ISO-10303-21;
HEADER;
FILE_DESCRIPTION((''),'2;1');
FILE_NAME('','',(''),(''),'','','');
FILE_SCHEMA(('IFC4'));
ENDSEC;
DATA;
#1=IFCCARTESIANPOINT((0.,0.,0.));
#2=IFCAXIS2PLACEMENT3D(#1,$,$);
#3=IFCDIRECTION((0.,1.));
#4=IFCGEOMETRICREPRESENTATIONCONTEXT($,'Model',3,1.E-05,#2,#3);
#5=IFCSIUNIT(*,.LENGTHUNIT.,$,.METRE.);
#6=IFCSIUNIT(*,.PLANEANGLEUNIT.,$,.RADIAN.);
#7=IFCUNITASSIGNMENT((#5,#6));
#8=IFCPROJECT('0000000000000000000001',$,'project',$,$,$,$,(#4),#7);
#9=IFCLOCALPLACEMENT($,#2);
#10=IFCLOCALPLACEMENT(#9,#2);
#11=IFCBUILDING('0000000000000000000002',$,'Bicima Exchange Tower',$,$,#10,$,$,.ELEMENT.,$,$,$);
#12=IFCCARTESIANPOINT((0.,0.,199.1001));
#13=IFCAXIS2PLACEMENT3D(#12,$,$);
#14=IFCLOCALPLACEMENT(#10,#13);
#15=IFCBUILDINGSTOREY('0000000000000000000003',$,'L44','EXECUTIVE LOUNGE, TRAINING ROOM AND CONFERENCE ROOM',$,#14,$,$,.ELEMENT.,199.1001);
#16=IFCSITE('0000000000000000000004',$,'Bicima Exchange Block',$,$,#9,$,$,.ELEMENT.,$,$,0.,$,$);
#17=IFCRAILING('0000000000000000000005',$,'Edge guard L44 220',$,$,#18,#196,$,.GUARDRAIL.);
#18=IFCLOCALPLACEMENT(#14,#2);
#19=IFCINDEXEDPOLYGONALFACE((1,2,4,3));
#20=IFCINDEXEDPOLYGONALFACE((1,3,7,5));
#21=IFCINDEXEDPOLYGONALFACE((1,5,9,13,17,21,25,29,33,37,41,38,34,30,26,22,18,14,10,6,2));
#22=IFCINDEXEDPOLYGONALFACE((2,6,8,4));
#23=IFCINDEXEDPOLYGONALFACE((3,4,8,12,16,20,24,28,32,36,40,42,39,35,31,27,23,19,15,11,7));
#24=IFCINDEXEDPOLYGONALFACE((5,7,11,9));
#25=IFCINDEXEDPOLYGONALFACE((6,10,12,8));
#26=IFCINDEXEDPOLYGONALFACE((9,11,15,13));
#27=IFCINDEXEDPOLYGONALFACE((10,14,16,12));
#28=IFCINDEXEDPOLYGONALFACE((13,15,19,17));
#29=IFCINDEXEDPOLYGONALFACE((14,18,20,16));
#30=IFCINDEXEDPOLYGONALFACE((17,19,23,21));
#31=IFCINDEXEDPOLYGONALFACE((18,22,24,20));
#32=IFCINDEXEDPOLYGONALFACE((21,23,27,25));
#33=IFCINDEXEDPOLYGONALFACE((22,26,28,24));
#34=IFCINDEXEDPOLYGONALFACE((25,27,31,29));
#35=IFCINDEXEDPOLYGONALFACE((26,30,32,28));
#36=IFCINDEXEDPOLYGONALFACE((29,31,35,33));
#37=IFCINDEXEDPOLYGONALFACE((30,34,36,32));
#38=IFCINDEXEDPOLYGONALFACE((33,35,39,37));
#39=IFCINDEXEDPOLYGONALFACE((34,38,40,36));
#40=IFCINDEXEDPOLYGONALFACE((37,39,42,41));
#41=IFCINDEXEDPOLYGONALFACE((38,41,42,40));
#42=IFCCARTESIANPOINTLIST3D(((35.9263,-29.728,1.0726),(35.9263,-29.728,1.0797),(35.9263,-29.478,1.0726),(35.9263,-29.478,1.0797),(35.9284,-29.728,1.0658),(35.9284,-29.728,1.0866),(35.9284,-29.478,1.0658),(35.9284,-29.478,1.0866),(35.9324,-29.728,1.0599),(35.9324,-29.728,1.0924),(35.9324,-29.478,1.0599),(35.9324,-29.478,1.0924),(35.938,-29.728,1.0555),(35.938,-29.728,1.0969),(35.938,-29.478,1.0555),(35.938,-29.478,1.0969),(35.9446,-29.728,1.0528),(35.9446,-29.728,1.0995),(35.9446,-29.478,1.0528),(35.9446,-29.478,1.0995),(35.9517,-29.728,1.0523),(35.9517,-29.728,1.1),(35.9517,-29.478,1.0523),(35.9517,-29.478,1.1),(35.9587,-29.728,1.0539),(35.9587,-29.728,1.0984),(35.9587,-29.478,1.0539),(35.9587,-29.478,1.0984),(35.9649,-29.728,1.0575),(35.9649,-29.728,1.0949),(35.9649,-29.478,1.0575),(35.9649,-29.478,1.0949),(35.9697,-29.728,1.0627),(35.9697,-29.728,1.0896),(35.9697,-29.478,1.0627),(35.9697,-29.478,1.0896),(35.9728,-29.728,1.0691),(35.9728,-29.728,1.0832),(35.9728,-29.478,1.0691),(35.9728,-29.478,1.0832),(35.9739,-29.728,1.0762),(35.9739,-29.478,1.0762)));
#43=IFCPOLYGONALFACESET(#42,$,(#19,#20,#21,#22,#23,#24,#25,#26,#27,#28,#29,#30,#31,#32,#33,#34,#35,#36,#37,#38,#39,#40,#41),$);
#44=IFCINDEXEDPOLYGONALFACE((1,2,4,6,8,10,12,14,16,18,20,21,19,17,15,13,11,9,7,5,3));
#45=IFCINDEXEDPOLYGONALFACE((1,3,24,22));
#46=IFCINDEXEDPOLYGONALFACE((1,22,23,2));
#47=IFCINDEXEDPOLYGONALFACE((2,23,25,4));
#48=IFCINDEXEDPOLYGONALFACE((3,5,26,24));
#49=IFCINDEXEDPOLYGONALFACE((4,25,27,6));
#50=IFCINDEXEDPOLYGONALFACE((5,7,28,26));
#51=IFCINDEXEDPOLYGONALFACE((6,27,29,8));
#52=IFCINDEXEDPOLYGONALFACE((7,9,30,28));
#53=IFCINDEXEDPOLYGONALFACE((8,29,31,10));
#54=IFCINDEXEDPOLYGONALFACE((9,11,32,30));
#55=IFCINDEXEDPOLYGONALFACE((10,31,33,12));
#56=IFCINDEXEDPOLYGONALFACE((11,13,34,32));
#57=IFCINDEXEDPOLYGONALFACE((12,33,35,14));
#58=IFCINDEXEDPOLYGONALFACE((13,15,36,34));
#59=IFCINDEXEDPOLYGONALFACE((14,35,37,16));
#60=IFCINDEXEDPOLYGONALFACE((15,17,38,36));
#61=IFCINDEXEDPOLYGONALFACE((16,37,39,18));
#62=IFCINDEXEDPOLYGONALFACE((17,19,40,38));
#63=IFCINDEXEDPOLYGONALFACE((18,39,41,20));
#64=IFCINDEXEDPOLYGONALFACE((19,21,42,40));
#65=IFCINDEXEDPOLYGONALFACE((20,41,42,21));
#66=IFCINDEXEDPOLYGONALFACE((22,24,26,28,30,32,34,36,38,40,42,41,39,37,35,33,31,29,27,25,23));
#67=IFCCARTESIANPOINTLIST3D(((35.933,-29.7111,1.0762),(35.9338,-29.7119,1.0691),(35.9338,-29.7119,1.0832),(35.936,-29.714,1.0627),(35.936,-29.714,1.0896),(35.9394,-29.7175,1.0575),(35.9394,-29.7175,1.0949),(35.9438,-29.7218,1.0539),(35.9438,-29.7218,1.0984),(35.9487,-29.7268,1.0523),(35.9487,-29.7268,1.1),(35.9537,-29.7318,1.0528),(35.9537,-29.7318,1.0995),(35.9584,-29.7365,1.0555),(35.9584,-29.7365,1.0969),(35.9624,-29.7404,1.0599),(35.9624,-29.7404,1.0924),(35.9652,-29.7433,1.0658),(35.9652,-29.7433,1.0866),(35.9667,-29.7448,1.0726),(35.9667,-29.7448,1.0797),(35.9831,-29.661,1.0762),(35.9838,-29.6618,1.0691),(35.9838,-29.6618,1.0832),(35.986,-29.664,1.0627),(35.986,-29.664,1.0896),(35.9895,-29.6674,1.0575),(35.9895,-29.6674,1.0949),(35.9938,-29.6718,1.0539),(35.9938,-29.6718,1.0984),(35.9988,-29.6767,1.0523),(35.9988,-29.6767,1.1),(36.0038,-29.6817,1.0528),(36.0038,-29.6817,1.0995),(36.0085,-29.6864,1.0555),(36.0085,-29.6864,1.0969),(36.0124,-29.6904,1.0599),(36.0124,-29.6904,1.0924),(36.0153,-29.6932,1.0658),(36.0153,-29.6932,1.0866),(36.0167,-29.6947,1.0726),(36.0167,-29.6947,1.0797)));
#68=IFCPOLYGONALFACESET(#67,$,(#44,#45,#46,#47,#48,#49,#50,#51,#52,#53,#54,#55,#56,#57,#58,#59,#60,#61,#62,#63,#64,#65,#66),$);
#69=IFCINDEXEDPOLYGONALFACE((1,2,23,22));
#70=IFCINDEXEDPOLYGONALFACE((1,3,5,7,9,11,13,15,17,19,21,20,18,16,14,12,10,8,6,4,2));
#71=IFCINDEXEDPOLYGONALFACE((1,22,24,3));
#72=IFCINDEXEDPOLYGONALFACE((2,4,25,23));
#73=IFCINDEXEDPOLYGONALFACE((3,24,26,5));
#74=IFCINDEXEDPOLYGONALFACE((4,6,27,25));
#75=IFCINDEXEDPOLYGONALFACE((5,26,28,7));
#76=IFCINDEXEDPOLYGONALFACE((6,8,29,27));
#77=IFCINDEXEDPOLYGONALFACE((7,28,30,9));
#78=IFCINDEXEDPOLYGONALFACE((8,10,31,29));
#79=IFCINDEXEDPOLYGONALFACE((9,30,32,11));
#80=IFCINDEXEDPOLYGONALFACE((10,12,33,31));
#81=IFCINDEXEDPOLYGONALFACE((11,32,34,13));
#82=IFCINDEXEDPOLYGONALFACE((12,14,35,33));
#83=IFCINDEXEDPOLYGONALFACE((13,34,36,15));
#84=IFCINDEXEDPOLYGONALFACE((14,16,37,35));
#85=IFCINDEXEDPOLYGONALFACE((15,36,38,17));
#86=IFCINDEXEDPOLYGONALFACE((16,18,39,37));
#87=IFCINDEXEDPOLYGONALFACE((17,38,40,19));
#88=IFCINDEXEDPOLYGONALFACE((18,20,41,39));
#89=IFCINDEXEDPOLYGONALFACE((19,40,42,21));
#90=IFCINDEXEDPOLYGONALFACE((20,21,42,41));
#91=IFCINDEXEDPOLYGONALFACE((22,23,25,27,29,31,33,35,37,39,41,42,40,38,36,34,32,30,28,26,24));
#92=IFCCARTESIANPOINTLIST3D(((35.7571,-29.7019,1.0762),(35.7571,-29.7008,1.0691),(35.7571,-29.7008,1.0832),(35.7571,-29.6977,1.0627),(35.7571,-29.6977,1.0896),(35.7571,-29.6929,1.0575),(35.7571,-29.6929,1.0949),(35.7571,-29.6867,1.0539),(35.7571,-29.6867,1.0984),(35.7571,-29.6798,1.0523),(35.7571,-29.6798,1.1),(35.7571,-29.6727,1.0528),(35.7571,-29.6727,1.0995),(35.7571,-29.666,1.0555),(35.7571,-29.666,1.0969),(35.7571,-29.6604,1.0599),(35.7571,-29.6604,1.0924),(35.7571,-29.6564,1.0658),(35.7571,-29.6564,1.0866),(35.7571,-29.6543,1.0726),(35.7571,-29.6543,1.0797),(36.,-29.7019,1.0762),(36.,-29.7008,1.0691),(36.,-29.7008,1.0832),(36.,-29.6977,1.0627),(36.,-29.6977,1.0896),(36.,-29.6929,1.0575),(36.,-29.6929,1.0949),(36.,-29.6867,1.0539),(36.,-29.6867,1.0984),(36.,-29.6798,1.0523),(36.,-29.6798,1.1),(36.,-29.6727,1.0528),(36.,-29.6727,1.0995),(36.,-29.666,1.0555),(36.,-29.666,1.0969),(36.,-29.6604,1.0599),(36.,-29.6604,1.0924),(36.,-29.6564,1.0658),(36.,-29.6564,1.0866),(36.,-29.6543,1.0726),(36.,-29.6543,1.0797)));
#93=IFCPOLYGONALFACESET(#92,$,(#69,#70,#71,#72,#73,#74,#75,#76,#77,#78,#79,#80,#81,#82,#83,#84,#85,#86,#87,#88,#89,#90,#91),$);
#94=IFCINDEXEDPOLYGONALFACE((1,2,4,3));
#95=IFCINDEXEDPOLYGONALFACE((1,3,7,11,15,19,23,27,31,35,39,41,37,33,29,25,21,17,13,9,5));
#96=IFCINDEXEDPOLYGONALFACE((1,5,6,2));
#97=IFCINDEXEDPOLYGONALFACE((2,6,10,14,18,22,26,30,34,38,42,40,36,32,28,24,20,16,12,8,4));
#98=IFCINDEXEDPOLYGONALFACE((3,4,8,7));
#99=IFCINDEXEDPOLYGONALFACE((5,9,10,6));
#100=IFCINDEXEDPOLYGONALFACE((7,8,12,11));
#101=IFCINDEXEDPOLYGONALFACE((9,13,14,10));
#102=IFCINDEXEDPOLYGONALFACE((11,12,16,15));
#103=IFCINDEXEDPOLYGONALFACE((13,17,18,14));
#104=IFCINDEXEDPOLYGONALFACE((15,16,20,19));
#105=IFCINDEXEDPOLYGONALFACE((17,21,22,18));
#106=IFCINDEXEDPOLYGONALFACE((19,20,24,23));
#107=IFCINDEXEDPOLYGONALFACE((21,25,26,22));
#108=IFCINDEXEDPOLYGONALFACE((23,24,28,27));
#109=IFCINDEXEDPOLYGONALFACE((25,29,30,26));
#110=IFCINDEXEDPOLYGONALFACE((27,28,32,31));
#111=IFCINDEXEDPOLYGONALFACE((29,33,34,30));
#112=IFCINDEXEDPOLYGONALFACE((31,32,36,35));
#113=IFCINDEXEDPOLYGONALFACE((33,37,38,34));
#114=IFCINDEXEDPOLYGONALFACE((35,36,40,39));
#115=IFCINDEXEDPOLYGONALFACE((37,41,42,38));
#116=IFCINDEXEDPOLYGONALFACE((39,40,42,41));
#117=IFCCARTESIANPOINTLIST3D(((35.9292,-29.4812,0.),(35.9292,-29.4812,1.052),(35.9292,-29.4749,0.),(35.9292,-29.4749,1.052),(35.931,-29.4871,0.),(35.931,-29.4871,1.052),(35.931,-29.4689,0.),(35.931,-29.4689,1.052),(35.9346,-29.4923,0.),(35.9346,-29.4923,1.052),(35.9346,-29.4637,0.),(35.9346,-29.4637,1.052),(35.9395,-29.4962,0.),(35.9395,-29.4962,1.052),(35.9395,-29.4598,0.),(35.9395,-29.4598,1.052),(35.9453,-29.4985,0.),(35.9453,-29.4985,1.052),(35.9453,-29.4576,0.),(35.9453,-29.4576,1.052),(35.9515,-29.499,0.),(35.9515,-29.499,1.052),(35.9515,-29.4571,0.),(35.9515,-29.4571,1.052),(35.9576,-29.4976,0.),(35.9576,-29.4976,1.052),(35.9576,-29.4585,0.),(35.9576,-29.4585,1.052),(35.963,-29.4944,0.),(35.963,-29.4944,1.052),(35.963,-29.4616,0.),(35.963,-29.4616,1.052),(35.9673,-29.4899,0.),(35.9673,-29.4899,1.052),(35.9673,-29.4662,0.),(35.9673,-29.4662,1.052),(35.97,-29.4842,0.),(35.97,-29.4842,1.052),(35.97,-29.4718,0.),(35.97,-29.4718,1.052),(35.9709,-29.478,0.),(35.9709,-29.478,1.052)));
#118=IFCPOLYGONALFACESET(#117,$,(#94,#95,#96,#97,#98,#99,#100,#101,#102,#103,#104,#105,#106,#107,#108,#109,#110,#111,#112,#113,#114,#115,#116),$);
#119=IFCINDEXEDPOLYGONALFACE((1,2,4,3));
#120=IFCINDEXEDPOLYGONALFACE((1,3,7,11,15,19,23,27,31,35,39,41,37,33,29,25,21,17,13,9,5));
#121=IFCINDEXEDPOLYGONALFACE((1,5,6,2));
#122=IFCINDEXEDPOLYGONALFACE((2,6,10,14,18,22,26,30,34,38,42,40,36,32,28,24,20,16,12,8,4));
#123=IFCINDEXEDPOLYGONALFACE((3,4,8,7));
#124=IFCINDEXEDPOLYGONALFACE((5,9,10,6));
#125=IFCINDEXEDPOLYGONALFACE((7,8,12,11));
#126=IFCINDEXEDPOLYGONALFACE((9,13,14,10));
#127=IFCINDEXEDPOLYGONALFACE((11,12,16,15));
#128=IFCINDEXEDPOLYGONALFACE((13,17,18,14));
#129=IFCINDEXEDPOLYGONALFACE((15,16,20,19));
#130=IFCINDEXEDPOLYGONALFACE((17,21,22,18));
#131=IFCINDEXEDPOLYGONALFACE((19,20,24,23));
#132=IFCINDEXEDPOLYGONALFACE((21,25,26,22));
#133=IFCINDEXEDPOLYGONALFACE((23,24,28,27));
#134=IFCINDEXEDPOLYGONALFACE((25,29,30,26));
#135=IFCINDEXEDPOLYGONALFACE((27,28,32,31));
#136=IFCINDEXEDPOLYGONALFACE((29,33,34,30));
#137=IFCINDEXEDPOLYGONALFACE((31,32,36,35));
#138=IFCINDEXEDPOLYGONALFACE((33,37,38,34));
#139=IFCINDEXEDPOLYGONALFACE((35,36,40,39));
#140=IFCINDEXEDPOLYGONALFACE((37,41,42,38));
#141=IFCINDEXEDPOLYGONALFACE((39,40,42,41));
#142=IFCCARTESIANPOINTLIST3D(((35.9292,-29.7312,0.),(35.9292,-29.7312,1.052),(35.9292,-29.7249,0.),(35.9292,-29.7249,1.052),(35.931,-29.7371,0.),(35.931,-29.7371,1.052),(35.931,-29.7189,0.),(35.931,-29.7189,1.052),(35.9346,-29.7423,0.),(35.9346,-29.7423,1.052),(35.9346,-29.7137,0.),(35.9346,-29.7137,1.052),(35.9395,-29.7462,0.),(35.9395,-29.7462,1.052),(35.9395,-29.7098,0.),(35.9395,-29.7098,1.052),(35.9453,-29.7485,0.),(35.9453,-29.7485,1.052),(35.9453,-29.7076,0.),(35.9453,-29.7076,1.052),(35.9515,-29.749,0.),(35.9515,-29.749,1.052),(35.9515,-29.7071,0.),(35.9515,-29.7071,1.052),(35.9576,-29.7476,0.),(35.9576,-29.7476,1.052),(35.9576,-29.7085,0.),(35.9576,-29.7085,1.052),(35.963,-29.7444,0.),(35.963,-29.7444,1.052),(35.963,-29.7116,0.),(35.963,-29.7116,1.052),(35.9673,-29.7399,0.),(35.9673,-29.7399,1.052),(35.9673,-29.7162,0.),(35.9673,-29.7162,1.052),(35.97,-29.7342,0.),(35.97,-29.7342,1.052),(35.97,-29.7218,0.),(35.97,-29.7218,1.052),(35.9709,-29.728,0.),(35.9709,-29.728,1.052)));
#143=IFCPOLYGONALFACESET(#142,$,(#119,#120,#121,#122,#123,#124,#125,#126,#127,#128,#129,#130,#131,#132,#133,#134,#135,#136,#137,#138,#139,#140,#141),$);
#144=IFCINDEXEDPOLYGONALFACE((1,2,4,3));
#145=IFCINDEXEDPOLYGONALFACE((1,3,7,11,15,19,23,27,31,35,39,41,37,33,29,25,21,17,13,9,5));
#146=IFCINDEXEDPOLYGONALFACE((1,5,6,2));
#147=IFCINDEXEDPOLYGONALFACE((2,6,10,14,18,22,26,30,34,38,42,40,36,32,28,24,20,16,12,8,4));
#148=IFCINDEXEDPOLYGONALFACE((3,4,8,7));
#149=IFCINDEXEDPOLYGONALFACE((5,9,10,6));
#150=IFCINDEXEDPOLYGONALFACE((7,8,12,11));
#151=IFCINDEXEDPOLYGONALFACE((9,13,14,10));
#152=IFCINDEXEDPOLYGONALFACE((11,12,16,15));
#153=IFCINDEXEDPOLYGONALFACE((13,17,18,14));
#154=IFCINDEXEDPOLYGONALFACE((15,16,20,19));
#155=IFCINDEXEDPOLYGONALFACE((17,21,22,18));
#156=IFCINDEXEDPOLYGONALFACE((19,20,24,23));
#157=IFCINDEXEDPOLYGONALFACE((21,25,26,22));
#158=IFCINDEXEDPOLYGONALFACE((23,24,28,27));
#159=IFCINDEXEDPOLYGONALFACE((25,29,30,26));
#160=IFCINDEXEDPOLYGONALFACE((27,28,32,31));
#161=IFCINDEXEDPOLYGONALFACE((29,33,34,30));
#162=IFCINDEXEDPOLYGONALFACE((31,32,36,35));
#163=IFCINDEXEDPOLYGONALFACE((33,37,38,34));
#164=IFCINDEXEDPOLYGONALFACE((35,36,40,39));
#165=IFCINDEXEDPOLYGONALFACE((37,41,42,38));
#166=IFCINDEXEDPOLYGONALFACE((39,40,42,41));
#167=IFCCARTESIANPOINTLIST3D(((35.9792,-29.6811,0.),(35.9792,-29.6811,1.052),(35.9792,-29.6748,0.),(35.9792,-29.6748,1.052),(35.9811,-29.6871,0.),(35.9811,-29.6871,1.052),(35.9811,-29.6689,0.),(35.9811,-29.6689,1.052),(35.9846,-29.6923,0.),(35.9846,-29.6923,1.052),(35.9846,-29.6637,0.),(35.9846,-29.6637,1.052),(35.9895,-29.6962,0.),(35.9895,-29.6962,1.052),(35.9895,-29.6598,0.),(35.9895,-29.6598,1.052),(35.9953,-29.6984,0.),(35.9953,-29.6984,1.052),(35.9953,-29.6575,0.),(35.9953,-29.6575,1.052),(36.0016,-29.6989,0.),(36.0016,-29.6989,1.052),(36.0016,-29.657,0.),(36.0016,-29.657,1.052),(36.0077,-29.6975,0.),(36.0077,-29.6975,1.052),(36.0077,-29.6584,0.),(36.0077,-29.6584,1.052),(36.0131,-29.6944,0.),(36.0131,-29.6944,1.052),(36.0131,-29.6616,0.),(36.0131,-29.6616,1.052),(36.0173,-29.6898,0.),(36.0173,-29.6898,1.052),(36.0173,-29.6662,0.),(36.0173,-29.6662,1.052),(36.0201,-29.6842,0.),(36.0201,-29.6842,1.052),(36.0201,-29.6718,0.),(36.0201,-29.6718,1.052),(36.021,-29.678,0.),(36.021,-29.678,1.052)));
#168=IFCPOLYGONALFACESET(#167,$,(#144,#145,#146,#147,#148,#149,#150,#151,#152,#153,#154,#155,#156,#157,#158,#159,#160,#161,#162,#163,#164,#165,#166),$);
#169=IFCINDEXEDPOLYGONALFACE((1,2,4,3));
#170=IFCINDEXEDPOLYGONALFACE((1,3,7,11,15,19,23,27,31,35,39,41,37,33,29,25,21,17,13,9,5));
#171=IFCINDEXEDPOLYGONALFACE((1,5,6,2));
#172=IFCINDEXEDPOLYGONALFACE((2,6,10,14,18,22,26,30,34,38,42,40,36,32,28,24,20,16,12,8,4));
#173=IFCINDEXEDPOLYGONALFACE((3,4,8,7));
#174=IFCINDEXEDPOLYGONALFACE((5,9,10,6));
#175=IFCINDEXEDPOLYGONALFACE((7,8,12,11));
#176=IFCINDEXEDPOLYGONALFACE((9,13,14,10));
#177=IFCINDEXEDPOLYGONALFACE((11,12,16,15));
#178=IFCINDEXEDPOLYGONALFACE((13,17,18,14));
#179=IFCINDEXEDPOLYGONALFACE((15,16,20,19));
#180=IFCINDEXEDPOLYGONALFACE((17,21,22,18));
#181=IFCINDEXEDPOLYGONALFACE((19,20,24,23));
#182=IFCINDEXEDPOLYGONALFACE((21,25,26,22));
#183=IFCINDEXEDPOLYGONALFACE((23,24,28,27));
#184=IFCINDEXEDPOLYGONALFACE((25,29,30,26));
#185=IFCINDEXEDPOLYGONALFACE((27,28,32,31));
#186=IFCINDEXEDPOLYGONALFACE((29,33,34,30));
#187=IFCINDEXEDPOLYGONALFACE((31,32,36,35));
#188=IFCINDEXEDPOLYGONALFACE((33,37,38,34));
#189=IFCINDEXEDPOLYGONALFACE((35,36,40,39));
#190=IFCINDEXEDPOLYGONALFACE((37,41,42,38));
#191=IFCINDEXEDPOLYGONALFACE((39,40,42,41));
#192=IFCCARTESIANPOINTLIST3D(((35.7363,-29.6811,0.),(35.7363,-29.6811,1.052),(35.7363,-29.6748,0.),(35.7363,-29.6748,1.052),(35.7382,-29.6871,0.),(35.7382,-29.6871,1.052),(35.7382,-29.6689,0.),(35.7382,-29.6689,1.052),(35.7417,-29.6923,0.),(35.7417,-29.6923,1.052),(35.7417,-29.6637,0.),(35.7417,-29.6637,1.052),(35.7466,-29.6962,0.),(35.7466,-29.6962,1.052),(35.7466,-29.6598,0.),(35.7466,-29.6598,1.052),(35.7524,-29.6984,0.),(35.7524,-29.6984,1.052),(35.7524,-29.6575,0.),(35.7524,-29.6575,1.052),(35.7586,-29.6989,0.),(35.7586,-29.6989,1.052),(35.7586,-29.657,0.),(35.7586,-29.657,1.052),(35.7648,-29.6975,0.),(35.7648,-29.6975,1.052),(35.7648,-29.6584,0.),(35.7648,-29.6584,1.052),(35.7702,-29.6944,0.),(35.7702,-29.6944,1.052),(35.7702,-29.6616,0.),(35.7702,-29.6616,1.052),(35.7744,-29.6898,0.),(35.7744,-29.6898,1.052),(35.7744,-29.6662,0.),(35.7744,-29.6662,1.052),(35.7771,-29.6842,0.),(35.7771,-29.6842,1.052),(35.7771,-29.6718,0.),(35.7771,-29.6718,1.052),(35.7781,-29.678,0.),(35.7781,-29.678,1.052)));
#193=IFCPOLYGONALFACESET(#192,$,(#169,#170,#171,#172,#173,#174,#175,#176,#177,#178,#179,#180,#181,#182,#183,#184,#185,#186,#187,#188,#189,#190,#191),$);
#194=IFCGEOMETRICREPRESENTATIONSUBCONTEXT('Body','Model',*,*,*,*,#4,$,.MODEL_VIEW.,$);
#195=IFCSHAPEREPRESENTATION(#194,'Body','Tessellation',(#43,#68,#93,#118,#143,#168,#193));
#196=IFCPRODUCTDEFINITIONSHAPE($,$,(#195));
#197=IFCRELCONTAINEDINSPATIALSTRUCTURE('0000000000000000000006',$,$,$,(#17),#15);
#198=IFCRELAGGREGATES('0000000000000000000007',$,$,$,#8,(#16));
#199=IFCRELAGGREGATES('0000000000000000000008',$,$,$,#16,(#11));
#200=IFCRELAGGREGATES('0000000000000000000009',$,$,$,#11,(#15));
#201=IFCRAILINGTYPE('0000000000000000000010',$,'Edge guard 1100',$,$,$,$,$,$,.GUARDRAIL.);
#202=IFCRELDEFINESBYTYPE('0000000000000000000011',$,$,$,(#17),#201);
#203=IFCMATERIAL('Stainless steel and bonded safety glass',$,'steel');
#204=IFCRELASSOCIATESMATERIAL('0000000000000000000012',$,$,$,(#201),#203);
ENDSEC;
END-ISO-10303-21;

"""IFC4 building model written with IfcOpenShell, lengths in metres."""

from ifc_helpers import new_model, si_unit, direction, frame, origin, origin_2d, place, context, subcontext, project, spatial, circle, extrude, material, type_object, element, save


model = new_model("IFC4")

# Units and contexts
model_context = context("Model", 3, precision=1e-05, world=origin(), true_north=direction((0.0, 1.0)))
body_context = subcontext(model_context, "Body", "Model", "MODEL_VIEW")
ifc_project = project(units=[si_unit("LENGTHUNIT", "METRE"), si_unit("PLANEANGLEUNIT", "RADIAN")], contexts=[model_context])

# Site, building, storey
site_placement = place(None, origin())
site = spatial("IfcSite", under=ifc_project, at=site_placement, Name="Bicima Exchange Block", CompositionType="ELEMENT", RefElevation=0.0)
building_placement = place(site_placement, origin())
building = spatial("IfcBuilding", under=site, at=building_placement, Name="Bicima Exchange Tower", CompositionType="ELEMENT")
storey_placement = place(building_placement, frame((0.0, 0.0, 199.1001)))
storey = spatial("IfcBuildingStorey", under=building, at=storey_placement, Name="L44", Description="EXECUTIVE LOUNGE, TRAINING ROOM AND CONFERENCE ROOM", CompositionType="ELEMENT", Elevation=199.1001)

# Railing
ifc_material_1 = material(Name="Stainless steel and bonded safety glass", Category="steel")
railing_type = type_object("IfcRailingType", Name="Edge guard 1100", PredefinedType="GUARDRAIL", material=ifc_material_1)
railing_placement = place(storey_placement, frame((35.95, -29.478, 0.0)))
element("IfcRailing", 1, at=railing_placement, inside=storey, type_object=railing_type, Name="Edge guard L44 220", PredefinedType="GUARDRAIL", context=body_context, shape_type="SweptSolid", body=[
    extrude(circle(Radius=0.0239, at=origin_2d()), frame((0.0, 0.0, 1.0762), z_axis=(0.0, -1.0, 0.0), x_axis=(1.0, 0.0, 0.0)), (0.0, 0.0, 1.0), 0.25),
    extrude(circle(Radius=0.0239, at=origin_2d()), frame((0.0, -0.25, 1.0762), z_axis=(0.707107, 0.707107, 0.0), x_axis=(-0.707107, 0.707107, 0.0)), (0.0, 0.0, 1.0), 0.0708),
    extrude(circle(Radius=0.0239, at=origin_2d()), frame((0.05, -0.2, 1.0762), z_axis=(-1.0, 0.0, 0.0), x_axis=(0.0, -1.0, 0.0)), (0.0, 0.0, 1.0), 0.2429),
    extrude(circle(Radius=0.021, at=origin_2d()), origin(), (0.0, 0.0, 1.0), 1.052),
    extrude(circle(Radius=0.021, at=origin_2d()), frame((0.0, -0.25, 0.0)), (0.0, 0.0, 1.0), 1.052),
    extrude(circle(Radius=0.021, at=origin_2d()), frame((0.05, -0.2, 0.0)), (0.0, 0.0, 1.0), 1.052),
    extrude(circle(Radius=0.021, at=origin_2d()), frame((-0.1929, -0.2, 0.0)), (0.0, 0.0, 1.0), 1.052),
])

save(model, "model.ifc")
